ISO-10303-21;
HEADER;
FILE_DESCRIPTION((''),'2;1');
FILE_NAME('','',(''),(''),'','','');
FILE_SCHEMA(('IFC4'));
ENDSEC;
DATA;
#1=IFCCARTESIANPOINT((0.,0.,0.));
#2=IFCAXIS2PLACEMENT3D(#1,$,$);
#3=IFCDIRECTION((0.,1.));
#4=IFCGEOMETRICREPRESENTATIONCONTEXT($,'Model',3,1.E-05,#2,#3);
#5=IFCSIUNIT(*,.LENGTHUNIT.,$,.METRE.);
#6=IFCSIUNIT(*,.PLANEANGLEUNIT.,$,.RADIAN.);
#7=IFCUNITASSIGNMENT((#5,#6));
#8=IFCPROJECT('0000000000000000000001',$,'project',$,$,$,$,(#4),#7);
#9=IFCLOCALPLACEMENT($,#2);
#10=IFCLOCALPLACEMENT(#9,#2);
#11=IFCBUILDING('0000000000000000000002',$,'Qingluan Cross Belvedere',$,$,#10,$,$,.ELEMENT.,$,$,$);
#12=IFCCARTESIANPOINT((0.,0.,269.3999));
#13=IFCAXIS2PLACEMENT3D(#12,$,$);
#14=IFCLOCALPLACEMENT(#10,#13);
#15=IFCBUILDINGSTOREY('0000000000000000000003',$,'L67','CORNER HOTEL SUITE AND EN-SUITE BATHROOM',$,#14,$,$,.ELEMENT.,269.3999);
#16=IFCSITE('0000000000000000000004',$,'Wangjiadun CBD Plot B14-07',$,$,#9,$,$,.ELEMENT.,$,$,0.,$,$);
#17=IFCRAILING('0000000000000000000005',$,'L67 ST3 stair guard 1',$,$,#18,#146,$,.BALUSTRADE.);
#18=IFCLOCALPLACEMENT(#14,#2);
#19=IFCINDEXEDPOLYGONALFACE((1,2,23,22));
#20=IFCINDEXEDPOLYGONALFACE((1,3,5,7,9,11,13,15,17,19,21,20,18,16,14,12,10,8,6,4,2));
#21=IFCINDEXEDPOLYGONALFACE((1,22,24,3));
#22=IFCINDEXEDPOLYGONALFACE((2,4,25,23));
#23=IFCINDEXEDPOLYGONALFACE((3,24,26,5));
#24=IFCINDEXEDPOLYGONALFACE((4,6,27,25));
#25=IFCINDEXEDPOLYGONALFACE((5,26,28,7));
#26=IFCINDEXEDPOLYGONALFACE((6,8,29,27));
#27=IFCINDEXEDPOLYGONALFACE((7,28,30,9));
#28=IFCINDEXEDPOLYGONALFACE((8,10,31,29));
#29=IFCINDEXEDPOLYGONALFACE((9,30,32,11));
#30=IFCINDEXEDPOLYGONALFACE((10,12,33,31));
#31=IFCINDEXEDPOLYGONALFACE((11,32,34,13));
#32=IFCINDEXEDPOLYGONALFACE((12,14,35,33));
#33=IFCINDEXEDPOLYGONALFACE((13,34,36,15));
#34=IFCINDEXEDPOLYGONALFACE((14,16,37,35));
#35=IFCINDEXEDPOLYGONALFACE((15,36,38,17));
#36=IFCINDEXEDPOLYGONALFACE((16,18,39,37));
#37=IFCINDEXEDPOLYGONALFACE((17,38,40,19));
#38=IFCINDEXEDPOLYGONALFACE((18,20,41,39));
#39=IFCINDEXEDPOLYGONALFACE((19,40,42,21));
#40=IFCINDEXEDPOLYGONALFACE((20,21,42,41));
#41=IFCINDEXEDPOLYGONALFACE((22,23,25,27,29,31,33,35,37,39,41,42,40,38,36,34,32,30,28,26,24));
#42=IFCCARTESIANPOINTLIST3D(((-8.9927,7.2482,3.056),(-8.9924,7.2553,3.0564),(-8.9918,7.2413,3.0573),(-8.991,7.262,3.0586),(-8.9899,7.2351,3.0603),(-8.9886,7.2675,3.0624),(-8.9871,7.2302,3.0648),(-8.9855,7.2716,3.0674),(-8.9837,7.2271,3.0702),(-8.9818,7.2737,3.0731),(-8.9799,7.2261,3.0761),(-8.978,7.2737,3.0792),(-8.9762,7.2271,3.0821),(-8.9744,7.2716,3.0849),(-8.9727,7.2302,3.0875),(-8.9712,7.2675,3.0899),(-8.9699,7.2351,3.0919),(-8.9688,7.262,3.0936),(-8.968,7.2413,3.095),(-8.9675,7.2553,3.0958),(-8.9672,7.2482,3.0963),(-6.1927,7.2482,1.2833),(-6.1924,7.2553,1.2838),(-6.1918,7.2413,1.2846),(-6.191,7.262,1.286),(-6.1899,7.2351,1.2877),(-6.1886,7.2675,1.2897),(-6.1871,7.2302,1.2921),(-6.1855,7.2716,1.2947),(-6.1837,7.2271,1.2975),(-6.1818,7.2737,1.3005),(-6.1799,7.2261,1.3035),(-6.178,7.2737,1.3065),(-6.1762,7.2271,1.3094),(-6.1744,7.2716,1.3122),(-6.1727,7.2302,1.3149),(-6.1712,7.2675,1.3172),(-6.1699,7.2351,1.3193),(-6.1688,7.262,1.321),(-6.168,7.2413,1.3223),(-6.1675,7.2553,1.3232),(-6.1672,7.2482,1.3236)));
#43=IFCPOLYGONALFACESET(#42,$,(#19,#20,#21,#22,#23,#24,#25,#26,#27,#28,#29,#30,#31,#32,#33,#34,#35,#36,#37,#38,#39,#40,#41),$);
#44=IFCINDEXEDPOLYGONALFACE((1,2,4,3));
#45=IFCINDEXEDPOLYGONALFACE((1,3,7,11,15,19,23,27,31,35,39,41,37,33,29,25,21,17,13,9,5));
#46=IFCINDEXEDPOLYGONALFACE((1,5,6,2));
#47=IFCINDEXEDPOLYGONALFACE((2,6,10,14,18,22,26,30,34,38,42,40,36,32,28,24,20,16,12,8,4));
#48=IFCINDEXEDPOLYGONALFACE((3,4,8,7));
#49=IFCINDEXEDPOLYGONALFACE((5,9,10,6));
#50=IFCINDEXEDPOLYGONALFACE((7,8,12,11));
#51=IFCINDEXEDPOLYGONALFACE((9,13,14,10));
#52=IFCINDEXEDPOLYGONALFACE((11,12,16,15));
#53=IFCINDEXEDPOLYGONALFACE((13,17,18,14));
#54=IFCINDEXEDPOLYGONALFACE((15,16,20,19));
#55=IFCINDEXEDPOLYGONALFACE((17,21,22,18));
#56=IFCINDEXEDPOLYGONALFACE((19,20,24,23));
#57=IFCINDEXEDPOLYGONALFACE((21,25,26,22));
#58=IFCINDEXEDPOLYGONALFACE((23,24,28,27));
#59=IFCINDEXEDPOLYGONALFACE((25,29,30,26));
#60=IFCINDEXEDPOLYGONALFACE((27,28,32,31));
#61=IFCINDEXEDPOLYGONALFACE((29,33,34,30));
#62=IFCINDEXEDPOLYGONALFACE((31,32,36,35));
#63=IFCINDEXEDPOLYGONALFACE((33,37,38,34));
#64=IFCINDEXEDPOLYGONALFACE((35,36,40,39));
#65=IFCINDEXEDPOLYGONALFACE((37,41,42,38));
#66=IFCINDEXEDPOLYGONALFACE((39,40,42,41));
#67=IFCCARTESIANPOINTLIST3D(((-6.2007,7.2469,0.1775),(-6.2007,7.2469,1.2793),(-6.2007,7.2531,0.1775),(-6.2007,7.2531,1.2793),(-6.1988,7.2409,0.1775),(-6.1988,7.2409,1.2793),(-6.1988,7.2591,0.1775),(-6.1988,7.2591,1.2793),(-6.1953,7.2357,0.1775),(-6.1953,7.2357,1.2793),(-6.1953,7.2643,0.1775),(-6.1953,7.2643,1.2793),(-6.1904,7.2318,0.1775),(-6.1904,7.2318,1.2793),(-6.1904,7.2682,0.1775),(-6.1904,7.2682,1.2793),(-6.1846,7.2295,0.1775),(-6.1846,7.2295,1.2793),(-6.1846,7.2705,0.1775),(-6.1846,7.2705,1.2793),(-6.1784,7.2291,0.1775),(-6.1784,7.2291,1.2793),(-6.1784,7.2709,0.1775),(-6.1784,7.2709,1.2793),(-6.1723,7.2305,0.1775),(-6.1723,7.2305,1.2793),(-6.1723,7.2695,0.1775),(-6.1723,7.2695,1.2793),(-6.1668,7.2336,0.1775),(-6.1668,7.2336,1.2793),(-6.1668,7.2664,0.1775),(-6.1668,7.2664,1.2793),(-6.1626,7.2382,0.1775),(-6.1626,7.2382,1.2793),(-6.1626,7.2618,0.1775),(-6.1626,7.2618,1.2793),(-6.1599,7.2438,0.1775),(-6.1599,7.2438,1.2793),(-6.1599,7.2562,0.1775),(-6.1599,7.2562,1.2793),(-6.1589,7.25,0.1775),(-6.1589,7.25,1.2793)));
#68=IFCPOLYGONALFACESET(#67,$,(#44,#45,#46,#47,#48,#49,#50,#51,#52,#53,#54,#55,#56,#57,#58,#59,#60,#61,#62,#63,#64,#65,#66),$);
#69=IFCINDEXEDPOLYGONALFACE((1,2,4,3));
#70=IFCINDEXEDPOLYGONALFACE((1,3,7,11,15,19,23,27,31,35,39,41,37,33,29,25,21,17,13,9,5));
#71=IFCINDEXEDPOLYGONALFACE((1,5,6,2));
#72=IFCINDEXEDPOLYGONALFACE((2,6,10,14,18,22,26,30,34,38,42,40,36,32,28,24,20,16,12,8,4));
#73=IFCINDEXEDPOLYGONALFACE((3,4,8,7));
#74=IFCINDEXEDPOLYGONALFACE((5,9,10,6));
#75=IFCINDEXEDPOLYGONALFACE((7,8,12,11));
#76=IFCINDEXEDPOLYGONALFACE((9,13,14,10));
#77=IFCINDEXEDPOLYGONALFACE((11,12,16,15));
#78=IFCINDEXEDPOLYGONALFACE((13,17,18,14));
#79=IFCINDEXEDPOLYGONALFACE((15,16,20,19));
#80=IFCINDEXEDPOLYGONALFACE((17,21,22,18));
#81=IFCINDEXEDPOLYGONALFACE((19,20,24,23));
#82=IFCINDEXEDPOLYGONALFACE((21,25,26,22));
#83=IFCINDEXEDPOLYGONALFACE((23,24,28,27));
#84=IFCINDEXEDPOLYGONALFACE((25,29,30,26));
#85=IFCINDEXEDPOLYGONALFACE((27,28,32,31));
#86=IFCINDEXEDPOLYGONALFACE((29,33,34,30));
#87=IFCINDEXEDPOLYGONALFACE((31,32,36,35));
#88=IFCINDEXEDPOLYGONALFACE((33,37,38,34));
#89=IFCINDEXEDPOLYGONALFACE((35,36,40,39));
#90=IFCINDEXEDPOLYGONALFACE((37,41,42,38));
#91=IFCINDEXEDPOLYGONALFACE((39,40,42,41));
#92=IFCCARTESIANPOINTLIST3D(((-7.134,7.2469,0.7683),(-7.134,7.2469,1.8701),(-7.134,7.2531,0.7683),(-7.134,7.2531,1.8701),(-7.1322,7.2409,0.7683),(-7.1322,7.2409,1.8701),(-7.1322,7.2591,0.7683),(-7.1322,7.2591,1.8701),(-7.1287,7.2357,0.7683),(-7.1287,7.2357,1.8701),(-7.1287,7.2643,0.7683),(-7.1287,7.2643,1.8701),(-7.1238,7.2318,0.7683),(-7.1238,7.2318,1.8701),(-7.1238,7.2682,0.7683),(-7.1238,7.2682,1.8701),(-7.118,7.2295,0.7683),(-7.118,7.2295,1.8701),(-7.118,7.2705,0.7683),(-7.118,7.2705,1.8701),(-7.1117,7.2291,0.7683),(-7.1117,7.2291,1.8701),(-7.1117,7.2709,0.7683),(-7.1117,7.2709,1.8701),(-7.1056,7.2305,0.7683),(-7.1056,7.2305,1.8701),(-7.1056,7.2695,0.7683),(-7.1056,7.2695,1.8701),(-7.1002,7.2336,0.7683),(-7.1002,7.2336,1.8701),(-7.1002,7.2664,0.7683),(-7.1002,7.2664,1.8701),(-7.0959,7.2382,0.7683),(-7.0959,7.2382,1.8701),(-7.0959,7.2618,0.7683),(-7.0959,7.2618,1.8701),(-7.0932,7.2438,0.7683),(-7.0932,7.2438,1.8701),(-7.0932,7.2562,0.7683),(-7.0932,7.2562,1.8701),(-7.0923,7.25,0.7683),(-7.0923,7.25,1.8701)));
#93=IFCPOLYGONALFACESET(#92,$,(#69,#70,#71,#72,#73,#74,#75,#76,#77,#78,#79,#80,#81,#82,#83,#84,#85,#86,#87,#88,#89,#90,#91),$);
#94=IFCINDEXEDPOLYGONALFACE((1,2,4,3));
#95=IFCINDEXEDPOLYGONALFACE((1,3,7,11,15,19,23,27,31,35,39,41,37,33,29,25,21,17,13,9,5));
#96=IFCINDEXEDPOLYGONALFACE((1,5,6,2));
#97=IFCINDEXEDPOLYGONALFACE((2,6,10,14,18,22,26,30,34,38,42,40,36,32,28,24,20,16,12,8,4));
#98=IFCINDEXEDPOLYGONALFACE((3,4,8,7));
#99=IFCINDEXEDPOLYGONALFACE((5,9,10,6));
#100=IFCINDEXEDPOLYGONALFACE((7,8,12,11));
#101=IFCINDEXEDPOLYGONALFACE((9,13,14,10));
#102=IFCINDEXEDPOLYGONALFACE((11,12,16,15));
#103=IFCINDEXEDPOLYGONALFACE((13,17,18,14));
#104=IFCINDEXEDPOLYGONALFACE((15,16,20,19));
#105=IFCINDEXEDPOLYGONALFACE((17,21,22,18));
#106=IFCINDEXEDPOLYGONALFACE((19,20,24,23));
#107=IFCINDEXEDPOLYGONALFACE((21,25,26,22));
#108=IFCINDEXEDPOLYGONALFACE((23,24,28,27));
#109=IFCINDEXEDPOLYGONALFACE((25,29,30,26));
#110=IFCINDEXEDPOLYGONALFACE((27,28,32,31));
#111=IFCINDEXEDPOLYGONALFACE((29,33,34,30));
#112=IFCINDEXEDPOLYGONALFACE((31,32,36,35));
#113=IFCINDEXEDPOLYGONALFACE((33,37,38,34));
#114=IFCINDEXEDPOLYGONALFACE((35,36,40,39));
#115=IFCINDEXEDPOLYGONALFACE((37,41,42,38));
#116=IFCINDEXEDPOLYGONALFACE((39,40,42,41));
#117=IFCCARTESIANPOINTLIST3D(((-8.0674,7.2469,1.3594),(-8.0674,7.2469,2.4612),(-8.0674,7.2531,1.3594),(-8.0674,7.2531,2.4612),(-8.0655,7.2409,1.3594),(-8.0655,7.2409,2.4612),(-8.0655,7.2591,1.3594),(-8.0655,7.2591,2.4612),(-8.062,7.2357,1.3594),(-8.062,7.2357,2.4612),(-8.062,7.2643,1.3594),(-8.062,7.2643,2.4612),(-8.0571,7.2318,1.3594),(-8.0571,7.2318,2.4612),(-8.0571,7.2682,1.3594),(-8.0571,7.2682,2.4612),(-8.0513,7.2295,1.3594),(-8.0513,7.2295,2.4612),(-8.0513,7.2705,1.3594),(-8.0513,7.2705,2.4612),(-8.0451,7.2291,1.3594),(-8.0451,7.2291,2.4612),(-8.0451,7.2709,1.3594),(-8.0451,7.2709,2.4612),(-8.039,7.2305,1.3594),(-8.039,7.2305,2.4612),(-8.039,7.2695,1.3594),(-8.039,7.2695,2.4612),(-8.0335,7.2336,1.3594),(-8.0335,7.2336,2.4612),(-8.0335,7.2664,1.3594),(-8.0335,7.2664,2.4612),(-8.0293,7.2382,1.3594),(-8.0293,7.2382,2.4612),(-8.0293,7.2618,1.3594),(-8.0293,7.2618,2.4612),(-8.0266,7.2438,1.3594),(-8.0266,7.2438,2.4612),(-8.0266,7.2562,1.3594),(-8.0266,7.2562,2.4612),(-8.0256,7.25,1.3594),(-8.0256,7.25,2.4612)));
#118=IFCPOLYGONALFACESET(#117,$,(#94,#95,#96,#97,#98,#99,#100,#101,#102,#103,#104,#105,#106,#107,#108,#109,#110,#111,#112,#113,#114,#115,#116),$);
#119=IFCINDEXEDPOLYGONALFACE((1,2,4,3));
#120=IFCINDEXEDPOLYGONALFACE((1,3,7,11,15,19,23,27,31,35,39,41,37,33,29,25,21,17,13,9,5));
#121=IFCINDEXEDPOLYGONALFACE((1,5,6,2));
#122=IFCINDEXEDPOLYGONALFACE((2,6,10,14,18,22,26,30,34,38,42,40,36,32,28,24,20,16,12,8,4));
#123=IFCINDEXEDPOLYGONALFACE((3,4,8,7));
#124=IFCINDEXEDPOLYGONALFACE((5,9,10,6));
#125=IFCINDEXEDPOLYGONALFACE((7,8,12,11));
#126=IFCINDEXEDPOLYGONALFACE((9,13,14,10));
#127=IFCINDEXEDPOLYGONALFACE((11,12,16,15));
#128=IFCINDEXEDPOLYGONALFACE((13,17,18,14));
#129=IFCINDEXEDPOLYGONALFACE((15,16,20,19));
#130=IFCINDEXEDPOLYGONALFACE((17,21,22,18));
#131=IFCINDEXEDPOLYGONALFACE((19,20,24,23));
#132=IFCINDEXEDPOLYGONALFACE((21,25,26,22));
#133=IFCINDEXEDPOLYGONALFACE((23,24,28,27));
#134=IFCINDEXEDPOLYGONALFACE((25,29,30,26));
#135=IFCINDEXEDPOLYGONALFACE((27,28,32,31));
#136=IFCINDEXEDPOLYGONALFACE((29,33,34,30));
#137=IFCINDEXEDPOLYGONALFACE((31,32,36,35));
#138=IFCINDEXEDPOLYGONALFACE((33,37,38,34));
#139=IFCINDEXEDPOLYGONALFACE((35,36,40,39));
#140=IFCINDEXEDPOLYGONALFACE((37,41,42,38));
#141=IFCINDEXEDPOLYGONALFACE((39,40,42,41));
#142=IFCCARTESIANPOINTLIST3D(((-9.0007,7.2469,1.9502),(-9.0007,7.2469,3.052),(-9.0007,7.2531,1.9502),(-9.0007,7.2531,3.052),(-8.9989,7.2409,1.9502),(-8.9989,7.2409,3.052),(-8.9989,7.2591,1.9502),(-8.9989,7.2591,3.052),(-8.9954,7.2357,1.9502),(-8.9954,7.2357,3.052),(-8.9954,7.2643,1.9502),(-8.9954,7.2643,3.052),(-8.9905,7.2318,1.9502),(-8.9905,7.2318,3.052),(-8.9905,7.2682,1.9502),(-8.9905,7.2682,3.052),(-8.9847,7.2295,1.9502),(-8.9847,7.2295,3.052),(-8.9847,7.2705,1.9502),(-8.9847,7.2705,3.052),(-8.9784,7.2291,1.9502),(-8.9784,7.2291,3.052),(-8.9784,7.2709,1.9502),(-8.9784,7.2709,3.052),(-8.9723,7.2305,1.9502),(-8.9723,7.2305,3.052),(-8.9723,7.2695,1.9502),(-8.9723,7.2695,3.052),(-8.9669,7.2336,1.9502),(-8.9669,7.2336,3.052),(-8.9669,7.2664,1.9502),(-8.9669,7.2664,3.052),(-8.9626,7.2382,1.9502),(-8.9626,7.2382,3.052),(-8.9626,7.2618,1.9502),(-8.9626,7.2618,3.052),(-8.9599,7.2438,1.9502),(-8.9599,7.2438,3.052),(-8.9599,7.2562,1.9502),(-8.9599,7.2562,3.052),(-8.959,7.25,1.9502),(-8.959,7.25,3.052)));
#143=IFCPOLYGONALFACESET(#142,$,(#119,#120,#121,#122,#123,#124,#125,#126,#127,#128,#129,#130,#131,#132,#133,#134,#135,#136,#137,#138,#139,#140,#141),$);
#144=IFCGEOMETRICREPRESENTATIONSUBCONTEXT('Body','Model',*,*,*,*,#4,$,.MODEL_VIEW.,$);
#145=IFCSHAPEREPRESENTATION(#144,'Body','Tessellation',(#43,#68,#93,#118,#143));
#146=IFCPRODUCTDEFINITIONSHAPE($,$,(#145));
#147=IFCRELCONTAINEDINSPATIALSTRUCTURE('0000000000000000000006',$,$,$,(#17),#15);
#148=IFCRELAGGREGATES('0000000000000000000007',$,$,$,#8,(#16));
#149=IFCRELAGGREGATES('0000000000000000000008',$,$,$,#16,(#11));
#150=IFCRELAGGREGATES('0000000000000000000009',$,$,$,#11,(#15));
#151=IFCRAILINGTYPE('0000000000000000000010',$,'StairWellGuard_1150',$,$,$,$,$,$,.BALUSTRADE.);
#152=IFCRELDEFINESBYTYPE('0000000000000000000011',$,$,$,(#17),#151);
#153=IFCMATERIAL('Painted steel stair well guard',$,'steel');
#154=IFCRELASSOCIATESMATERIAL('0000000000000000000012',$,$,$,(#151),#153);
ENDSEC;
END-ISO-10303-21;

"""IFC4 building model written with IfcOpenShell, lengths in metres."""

from ifc_helpers import new_model, si_unit, direction, frame, origin, origin_2d, place, context, subcontext, project, spatial, circle, extrude, material, type_object, element, save


model = new_model("IFC4")

# Units and contexts
model_context = context("Model", 3, precision=1e-05, world=origin(), true_north=direction((0.0, 1.0)))
body_context = subcontext(model_context, "Body", "Model", "MODEL_VIEW")
ifc_project = project(units=[si_unit("LENGTHUNIT", "METRE"), si_unit("PLANEANGLEUNIT", "RADIAN")], contexts=[model_context])

# Site, building, storey
site_placement = place(None, origin())
site = spatial("IfcSite", under=ifc_project, at=site_placement, Name="Wangjiadun CBD Plot B14-07", CompositionType="ELEMENT", RefElevation=0.0)
building_placement = place(site_placement, origin())
building = spatial("IfcBuilding", under=site, at=building_placement, Name="Qingluan Cross Belvedere", CompositionType="ELEMENT")
storey_placement = place(building_placement, frame((0.0, 0.0, 269.3999)))
storey = spatial("IfcBuildingStorey", under=building, at=storey_placement, Name="L67", Description="CORNER HOTEL SUITE AND EN-SUITE BATHROOM", CompositionType="ELEMENT", Elevation=269.3999)

# Railing
ifc_material_1 = material(Name="Painted steel stair well guard", Category="steel")
railing_type_1 = type_object("IfcRailingType", Name="StairWellGuard_1150", PredefinedType="BALUSTRADE", material=ifc_material_1)
railing_1_placement = place(storey_placement, frame((-6.1799, 7.25, 0.1775)))
element("IfcRailing", 1, at=railing_1_placement, inside=storey, type_object=railing_type_1, Name="L67 ST3 stair guard 1", PredefinedType="BALUSTRADE", context=body_context, shape_type="SweptSolid", body=[
    extrude(circle(Radius=0.0239, at=origin_2d()), frame((0.0, 0.0, 1.126), z_axis=(-0.844909, 0.0, 0.53491), x_axis=(0.0, -1.0, 0.0)), (0.0, 0.0, 1.0), 3.314),
    extrude(circle(Radius=0.021, at=origin_2d()), origin(), (0.0, 0.0, 1.0), 1.1018),
    extrude(circle(Radius=0.021, at=origin_2d()), frame((-0.9333, 0.0, 0.5908)), (0.0, 0.0, 1.0), 1.1018),
    extrude(circle(Radius=0.021, at=origin_2d()), frame((-1.8667, 0.0, 1.1819)), (0.0, 0.0, 1.0), 1.1018),
    extrude(circle(Radius=0.021, at=origin_2d()), frame((-2.8, 0.0, 1.7727)), (0.0, 0.0, 1.0), 1.1018),
])

save(model, "model.ifc")
